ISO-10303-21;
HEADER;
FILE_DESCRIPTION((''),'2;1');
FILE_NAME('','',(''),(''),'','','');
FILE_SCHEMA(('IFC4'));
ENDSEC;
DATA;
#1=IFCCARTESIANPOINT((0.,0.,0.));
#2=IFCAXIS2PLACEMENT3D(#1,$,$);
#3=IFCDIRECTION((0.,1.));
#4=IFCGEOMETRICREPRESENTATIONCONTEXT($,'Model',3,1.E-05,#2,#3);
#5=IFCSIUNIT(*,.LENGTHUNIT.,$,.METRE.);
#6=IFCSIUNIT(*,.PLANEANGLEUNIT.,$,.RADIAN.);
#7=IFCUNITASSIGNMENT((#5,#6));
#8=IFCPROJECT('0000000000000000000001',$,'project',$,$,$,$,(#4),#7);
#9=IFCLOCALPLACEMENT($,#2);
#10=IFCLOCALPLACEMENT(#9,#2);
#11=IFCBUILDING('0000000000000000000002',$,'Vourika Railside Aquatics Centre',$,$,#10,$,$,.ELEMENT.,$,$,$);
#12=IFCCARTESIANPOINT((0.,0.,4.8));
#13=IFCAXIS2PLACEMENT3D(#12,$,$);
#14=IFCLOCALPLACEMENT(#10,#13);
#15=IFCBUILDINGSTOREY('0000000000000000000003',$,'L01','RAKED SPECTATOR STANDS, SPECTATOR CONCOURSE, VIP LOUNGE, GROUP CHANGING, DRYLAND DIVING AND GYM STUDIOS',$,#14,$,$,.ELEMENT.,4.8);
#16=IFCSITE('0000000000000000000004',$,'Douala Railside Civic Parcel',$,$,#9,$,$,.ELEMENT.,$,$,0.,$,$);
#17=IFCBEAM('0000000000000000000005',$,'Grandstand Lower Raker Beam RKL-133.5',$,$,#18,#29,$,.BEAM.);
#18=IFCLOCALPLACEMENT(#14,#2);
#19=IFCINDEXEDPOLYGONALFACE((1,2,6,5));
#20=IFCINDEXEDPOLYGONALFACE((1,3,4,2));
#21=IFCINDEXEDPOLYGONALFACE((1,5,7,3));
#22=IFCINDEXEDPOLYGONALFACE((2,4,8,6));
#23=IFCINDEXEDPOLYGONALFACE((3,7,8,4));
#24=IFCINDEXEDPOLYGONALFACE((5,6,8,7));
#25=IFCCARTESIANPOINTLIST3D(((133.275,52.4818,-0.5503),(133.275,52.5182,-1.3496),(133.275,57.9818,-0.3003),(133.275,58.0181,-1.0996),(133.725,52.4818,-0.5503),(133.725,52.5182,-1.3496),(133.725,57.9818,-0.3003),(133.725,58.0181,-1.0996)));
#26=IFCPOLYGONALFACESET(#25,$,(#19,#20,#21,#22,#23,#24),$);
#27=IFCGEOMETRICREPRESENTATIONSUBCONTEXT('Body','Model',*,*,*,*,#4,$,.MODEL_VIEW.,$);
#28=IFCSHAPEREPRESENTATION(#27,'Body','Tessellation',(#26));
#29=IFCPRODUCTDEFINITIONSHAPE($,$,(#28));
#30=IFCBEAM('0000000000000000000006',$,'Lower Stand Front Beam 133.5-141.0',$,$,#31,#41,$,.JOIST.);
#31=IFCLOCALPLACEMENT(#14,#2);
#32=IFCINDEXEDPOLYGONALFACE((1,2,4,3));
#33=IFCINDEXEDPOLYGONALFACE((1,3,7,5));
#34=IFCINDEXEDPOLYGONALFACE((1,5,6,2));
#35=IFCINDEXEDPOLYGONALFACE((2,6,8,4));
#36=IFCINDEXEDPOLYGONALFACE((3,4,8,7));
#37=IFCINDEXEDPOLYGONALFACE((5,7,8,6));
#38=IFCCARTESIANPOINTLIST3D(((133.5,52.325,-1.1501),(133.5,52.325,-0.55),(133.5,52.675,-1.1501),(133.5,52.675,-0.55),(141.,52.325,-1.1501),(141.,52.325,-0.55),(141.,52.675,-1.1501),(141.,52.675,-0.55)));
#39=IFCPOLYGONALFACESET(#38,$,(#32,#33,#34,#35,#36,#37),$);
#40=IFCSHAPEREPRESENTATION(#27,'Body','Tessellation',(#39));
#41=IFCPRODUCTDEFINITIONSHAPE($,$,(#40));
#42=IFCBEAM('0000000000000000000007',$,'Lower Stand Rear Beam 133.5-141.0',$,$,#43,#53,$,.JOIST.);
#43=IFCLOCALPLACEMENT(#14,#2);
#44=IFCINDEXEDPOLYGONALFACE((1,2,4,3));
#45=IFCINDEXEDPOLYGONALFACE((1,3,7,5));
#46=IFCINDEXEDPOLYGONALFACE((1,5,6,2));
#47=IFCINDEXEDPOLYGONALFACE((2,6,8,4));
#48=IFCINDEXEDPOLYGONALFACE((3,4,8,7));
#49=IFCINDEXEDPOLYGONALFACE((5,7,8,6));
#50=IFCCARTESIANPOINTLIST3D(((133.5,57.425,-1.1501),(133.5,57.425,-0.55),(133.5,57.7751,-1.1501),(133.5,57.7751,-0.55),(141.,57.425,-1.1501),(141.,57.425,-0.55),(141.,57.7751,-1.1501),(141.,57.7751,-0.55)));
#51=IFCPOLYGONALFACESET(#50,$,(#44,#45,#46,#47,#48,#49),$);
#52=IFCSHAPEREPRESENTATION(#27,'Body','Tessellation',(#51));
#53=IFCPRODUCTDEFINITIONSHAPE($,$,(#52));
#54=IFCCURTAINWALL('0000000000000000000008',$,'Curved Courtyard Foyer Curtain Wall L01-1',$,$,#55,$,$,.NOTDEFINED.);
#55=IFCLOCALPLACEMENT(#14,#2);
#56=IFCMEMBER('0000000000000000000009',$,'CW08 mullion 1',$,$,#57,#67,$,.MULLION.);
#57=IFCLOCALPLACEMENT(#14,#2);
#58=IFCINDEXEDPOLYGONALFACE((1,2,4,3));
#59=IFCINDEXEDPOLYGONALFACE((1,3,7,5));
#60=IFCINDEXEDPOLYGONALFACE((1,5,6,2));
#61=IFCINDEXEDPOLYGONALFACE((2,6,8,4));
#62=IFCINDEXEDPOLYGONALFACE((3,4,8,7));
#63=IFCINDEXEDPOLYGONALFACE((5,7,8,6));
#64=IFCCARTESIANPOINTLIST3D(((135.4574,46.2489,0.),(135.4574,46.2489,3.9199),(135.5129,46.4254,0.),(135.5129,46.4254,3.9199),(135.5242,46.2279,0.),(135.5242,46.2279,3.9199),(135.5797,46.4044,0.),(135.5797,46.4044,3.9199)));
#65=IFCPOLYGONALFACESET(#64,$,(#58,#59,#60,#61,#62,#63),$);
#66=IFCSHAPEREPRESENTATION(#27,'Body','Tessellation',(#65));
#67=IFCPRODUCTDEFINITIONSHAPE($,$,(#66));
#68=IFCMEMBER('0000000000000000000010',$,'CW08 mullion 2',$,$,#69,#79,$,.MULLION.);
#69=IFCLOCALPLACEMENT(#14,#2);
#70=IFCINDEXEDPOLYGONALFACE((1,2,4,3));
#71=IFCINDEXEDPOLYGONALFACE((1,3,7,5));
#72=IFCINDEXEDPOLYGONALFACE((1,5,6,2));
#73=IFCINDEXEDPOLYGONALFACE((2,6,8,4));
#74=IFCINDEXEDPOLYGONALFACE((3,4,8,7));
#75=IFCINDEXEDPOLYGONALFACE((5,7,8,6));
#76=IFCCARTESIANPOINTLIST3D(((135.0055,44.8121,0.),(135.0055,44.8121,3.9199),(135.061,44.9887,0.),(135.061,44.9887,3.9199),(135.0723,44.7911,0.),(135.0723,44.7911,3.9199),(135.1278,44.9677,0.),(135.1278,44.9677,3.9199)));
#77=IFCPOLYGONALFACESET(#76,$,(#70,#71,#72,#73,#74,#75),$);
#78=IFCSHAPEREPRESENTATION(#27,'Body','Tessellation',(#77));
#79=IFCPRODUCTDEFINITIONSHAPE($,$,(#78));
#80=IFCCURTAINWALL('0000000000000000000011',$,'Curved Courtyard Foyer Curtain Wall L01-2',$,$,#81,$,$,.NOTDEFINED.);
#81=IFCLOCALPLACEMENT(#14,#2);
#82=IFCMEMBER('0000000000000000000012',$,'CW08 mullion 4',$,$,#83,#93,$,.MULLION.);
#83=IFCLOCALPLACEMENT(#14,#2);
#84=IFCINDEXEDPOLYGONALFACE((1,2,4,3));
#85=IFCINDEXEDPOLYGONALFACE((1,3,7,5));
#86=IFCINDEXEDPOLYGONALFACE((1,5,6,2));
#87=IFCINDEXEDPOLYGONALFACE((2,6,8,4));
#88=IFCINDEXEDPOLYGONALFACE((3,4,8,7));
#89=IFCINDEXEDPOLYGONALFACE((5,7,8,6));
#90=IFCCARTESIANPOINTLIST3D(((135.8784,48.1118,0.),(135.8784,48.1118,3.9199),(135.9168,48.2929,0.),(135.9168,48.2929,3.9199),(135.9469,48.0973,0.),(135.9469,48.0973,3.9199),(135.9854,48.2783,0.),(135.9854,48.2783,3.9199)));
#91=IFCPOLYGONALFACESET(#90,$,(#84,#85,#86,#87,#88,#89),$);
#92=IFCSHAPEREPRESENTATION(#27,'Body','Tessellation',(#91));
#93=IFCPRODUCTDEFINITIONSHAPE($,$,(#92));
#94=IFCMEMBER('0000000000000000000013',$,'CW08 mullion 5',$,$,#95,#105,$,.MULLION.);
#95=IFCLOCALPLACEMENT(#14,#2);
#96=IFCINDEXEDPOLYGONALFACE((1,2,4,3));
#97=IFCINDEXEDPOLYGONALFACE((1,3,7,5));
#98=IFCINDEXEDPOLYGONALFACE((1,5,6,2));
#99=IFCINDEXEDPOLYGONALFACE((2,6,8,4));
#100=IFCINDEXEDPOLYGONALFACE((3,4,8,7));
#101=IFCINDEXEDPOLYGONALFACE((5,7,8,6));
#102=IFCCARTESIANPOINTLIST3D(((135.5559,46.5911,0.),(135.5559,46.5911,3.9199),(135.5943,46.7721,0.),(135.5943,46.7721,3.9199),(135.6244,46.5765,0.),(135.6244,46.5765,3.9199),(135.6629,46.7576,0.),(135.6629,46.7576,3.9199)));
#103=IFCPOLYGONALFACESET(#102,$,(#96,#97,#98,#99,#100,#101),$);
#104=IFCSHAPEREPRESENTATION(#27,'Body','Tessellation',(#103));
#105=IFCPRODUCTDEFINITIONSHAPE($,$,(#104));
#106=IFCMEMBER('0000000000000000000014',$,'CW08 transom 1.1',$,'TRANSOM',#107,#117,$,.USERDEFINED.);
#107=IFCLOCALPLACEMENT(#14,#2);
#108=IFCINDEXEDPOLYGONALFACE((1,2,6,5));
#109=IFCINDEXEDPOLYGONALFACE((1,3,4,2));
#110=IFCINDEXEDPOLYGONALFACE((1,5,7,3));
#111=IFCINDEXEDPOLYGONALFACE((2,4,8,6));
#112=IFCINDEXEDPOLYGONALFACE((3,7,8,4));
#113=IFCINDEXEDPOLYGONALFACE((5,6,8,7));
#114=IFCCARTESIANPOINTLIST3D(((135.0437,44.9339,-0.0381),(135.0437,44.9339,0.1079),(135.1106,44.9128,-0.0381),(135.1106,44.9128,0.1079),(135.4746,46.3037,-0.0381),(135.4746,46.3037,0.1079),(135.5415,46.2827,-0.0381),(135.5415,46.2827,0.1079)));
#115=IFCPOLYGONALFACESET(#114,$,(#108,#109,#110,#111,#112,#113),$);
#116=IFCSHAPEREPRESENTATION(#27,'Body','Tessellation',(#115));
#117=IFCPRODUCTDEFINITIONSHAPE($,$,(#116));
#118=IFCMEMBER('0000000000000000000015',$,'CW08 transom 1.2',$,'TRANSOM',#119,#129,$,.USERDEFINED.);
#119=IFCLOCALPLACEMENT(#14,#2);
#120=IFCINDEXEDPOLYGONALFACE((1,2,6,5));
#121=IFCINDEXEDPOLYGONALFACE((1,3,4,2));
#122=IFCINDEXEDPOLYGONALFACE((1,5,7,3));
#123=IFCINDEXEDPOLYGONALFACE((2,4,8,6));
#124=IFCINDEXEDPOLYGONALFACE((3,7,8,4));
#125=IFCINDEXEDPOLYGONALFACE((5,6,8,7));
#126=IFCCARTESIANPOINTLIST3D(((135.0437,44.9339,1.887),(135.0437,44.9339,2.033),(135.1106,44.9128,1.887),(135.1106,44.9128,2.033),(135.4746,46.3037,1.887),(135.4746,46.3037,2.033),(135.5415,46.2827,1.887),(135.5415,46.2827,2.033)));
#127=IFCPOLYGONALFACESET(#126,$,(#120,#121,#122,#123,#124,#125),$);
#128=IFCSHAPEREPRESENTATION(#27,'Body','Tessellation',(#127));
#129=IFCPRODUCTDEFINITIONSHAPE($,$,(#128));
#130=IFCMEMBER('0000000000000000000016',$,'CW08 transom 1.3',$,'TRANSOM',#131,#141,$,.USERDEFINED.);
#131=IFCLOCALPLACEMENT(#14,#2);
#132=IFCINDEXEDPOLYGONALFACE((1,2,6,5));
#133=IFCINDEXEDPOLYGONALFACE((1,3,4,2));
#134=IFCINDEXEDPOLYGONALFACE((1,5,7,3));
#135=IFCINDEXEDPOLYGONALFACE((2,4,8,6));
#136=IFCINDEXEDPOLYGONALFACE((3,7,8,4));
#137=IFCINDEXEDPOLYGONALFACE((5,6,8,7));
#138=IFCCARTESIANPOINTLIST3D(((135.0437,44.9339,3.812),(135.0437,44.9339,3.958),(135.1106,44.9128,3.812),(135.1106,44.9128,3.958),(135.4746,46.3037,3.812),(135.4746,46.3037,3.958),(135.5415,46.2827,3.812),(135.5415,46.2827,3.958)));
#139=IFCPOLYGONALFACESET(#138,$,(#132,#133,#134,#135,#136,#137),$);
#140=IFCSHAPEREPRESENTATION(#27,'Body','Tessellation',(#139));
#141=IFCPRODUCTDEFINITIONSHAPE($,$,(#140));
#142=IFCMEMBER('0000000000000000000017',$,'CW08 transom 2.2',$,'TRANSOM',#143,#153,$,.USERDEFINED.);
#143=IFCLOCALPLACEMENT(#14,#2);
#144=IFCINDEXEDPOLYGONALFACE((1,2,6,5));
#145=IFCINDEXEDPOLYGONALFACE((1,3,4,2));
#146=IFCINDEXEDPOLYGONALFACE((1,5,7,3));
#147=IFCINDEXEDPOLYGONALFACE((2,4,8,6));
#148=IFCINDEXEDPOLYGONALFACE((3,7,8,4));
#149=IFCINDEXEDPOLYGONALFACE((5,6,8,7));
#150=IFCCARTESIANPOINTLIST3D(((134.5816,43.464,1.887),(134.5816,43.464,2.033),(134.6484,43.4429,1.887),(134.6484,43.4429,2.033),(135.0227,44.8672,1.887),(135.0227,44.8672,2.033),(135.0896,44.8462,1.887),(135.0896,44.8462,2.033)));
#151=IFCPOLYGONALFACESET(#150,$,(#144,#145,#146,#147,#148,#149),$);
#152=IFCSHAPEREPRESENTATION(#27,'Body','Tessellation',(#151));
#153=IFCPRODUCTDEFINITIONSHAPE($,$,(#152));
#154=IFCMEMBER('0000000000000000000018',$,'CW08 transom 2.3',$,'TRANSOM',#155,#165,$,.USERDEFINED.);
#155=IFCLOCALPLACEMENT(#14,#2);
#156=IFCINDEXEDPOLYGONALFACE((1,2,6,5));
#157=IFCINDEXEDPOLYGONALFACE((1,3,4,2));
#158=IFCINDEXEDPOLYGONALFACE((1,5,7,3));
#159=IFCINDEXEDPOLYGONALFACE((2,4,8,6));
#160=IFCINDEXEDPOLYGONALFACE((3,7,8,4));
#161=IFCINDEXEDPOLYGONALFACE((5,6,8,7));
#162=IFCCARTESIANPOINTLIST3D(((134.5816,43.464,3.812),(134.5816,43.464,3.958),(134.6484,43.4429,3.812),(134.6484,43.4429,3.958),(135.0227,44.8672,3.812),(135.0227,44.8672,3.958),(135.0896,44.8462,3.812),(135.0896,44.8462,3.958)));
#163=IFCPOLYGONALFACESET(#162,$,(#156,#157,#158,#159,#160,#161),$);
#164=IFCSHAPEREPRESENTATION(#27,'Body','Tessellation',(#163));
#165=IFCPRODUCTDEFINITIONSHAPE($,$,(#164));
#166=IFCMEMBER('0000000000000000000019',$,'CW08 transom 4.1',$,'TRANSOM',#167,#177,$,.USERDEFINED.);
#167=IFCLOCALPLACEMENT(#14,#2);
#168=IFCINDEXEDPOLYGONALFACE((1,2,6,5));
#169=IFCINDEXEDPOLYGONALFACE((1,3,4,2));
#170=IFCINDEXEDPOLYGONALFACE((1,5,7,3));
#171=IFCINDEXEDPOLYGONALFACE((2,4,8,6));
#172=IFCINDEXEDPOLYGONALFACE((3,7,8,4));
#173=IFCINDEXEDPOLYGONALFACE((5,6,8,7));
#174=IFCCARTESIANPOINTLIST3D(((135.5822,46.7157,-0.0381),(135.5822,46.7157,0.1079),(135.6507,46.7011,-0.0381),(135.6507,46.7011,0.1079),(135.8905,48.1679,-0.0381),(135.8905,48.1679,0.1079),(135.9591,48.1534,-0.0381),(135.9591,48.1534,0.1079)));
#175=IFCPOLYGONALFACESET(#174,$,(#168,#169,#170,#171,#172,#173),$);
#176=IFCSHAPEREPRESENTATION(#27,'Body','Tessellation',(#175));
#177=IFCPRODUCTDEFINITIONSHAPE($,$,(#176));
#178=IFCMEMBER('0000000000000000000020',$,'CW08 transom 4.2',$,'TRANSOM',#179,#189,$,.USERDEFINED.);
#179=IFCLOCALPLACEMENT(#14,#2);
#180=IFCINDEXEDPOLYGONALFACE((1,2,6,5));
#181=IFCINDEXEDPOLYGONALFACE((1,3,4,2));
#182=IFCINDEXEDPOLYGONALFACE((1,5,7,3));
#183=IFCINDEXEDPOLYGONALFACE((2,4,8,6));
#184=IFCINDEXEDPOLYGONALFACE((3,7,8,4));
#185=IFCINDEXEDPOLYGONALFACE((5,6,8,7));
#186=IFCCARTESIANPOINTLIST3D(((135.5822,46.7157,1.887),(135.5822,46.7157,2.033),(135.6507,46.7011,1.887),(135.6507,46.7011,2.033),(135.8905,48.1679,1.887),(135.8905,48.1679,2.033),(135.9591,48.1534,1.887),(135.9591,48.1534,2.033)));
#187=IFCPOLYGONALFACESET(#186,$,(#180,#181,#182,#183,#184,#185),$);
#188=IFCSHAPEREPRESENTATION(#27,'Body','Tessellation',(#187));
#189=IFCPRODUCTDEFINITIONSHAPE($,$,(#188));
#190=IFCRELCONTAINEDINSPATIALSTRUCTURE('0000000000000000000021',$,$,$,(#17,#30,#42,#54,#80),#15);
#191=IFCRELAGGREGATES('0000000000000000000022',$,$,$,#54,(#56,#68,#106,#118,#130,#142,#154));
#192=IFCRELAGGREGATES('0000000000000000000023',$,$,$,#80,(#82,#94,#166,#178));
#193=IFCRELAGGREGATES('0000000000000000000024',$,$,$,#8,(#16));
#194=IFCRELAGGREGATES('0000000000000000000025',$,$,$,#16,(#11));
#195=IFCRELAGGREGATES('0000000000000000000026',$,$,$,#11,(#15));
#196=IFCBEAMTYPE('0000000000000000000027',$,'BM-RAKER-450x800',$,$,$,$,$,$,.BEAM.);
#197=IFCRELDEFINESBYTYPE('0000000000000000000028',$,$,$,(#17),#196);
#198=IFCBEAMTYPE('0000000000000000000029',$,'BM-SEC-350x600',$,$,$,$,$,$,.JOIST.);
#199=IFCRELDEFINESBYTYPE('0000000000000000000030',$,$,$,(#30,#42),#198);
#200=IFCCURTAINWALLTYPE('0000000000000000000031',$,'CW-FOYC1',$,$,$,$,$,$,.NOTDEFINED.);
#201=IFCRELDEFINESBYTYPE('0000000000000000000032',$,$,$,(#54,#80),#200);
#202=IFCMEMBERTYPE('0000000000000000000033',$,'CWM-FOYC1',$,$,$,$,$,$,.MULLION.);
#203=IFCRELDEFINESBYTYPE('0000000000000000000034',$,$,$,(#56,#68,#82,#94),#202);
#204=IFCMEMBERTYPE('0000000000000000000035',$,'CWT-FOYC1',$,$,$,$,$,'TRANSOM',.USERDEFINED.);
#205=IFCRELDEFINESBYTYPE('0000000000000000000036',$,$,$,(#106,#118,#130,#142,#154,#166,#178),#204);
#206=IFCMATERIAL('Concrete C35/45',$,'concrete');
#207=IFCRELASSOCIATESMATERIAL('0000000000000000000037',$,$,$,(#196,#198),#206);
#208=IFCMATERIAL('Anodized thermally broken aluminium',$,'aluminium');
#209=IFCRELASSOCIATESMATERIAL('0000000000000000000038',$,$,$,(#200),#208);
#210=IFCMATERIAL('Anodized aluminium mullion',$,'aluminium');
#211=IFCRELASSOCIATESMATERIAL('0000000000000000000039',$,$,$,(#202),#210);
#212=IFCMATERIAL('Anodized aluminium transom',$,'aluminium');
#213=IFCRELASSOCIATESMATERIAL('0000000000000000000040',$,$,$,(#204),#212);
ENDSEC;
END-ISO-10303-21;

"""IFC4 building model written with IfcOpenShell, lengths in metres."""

from ifc_helpers import new_model, si_unit, direction, frame, origin, origin_2d, place, context, subcontext, project, spatial, rectangle, extrude, material, material_profile, profile_set, type_object, element, aggregate, save


model = new_model("IFC4")

# Units and contexts
model_context = context("Model", 3, precision=1e-05, world=origin(), true_north=direction((0.0, 1.0)))
body_context = subcontext(model_context, "Body", "Model", "MODEL_VIEW")
ifc_project = project(units=[si_unit("LENGTHUNIT", "METRE"), si_unit("PLANEANGLEUNIT", "RADIAN")], contexts=[model_context])

# Site, building, storey
site_placement = place(None, origin())
site = spatial("IfcSite", under=ifc_project, at=site_placement, Name="Douala Railside Civic Parcel", CompositionType="ELEMENT", RefElevation=0.0)
building_placement = place(site_placement, origin())
building = spatial("IfcBuilding", under=site, at=building_placement, Name="Vourika Railside Aquatics Centre", CompositionType="ELEMENT")
storey_placement = place(building_placement, frame((0.0, 0.0, 4.8)))
storey = spatial("IfcBuildingStorey", under=building, at=storey_placement, Name="L01", Description="RAKED SPECTATOR STANDS, SPECTATOR CONCOURSE, VIP LOUNGE, GROUP CHANGING, DRYLAND DIVING AND GYM STUDIOS", CompositionType="ELEMENT", Elevation=4.8)

# Beams
ifc_material_1 = material(Name="Concrete C35/45", Category="concrete")
ifc_material_profile_1 = material_profile(ifc_material_1, rectangle(XDim=0.45, YDim=0.8, at=origin_2d()), Name="RC 450x800")
ifc_profile_set_1 = profile_set([ifc_material_profile_1], Name="Concrete C35/45")
beam_type_1 = type_object("IfcBeamType", Name="BM-RAKER-450x800", PredefinedType="BEAM", material=ifc_profile_set_1)
beam_placement = place(storey_placement, frame((133.5, 52.5, -0.95), z_axis=(0.0, 0.998969, 0.045408), x_axis=(-1.0, 0.0, 0.0)))
element("IfcBeam", 1, at=beam_placement, inside=storey, type_object=beam_type_1, Name="Grandstand Lower Raker Beam RKL-133.5", PredefinedType="BEAM", context=body_context, shape_type="SweptSolid", body=[
    extrude(rectangle(XDim=0.45, YDim=0.8, at=origin_2d()), origin(), (0.0, 0.0, 1.0), 5.5056),
])
ifc_material_profile_2 = material_profile(ifc_material_1, rectangle(XDim=0.3501, YDim=0.6001, at=origin_2d()), Name="RC 350x600")
ifc_profile_set_2 = profile_set([ifc_material_profile_2], Name="Concrete C35/45")
beam_type_2 = type_object("IfcBeamType", Name="BM-SEC-350x600", PredefinedType="JOIST", material=ifc_profile_set_2)
for number, where, z_axis, x_axis, name in (
    (2, (133.5, 52.5, -0.8501), (1.0, 0.0, 0.0), (0.0, 1.0, 0.0), "Lower Stand Front Beam 133.5-141.0"),
    (3, (133.5, 57.6001, -0.8501), (1.0, 0.0, 0.0), (0.0, 1.0, 0.0), "Lower Stand Rear Beam 133.5-141.0"),
):
    element("IfcBeam", number, at=place(storey_placement, frame(where, z_axis=z_axis, x_axis=x_axis)), inside=storey, type_object=beam_type_2, Name=name, PredefinedType="JOIST", context=body_context, shape_type="SweptSolid", body=[
        extrude(rectangle(XDim=0.3501, YDim=0.6001, at=origin_2d()), origin(), (0.0, 0.0, 1.0), 7.5),
    ])

# Curtain walls, members
ifc_material_2 = material(Name="Anodized thermally broken aluminium", Category="aluminium")
curtain_wall_type = type_object("IfcCurtainWallType", Name="CW-FOYC1", PredefinedType="NOTDEFINED", material=ifc_material_2)
curtain_wall_1_placement = place(storey_placement, origin())
curtain_wall_1 = element("IfcCurtainWall", 4, at=curtain_wall_1_placement, inside=storey, type_object=curtain_wall_type, Name="Curved Courtyard Foyer Curtain Wall L01-1", PredefinedType="NOTDEFINED")
ifc_material_3 = material(Name="Anodized aluminium mullion", Category="aluminium")
ifc_material_profile_3 = material_profile(ifc_material_3, rectangle(XDim=0.0701, YDim=0.1851, at=origin_2d()), Name="ALU-M 70x185")
ifc_profile_set_3 = profile_set([ifc_material_profile_3], Name="Anodized aluminium mullion")
member_type_1 = type_object("IfcMemberType", Name="CWM-FOYC1", PredefinedType="MULLION", material=ifc_profile_set_3)
member_1_placement = place(storey_placement, frame((135.5186, 46.3267, 0.0), z_axis=(0.0, 0.0, 1.0), x_axis=(0.953947, -0.299974, 0.0)))
member_1 = element("IfcMember", 5, at=member_1_placement, type_object=member_type_1, Name="CW08 mullion 1", PredefinedType="MULLION", context=body_context, shape_type="SweptSolid", body=[
    extrude(rectangle(XDim=0.0701, YDim=0.1851, at=origin_2d()), origin(), (0.0, 0.0, 1.0), 3.9199),
])
member_2_placement = place(storey_placement, frame((135.0667, 44.8899, 0.0), z_axis=(0.0, 0.0, 1.0), x_axis=(0.953947, -0.299974, 0.0)))
member_2 = element("IfcMember", 6, at=member_2_placement, type_object=member_type_1, Name="CW08 mullion 2", PredefinedType="MULLION", context=body_context, shape_type="SweptSolid", body=[
    extrude(rectangle(XDim=0.0701, YDim=0.1851, at=origin_2d()), origin(), (0.0, 0.0, 1.0), 3.9199),
])
curtain_wall_2_placement = place(storey_placement, origin())
curtain_wall_2 = element("IfcCurtainWall", 7, at=curtain_wall_2_placement, inside=storey, type_object=curtain_wall_type, Name="Curved Courtyard Foyer Curtain Wall L01-2", PredefinedType="NOTDEFINED")
member_3_placement = place(storey_placement, frame((135.9319, 48.1951, 0.0), z_axis=(0.0, 0.0, 1.0), x_axis=(0.978215, -0.207595, 0.0)))
member_3 = element("IfcMember", 8, at=member_3_placement, type_object=member_type_1, Name="CW08 mullion 4", PredefinedType="MULLION", context=body_context, shape_type="SweptSolid", body=[
    extrude(rectangle(XDim=0.0701, YDim=0.1851, at=origin_2d()), origin(), (0.0, 0.0, 1.0), 3.9199),
])
member_4_placement = place(storey_placement, frame((135.6094, 46.6743, 0.0), z_axis=(0.0, 0.0, 1.0), x_axis=(0.978215, -0.207595, 0.0)))
member_4 = element("IfcMember", 9, at=member_4_placement, type_object=member_type_1, Name="CW08 mullion 5", PredefinedType="MULLION", context=body_context, shape_type="SweptSolid", body=[
    extrude(rectangle(XDim=0.0701, YDim=0.1851, at=origin_2d()), origin(), (0.0, 0.0, 1.0), 3.9199),
])

# Members
ifc_material_4 = material(Name="Anodized aluminium transom", Category="aluminium")
ifc_material_profile_4 = material_profile(ifc_material_4, rectangle(XDim=0.0701, YDim=0.146, at=origin_2d()), Name="ALU-T 70x146")
ifc_profile_set_4 = profile_set([ifc_material_profile_4], Name="Anodized aluminium transom")
member_type_2 = type_object("IfcMemberType", Name="CWT-FOYC1", ElementType="TRANSOM", PredefinedType="USERDEFINED", material=ifc_profile_set_4)
member_5_placement = place(storey_placement, frame((135.5081, 46.2932, 0.0349), z_axis=(-0.300065, -0.953919, 0.0), x_axis=(0.953919, -0.300065, 0.0)))
member_5 = element("IfcMember", 10, at=member_5_placement, type_object=member_type_2, Name="CW08 transom 1.1", ObjectType="TRANSOM", PredefinedType="USERDEFINED", context=body_context, shape_type="SweptSolid", body=[
    extrude(rectangle(XDim=0.0701, YDim=0.146, at=origin_2d()), origin(), (0.0, 0.0, 1.0), 1.436),
])
member_6_placement = place(storey_placement, frame((135.5081, 46.2932, 1.96), z_axis=(-0.300065, -0.953919, 0.0), x_axis=(0.953919, -0.300065, 0.0)))
member_6 = element("IfcMember", 11, at=member_6_placement, type_object=member_type_2, Name="CW08 transom 1.2", ObjectType="TRANSOM", PredefinedType="USERDEFINED", context=body_context, shape_type="SweptSolid", body=[
    extrude(rectangle(XDim=0.0701, YDim=0.146, at=origin_2d()), origin(), (0.0, 0.0, 1.0), 1.436),
])
member_7_placement = place(storey_placement, frame((135.5081, 46.2932, 3.885), z_axis=(-0.300065, -0.953919, 0.0), x_axis=(0.953919, -0.300065, 0.0)))
member_7 = element("IfcMember", 12, at=member_7_placement, type_object=member_type_2, Name="CW08 transom 1.3", ObjectType="TRANSOM", PredefinedType="USERDEFINED", context=body_context, shape_type="SweptSolid", body=[
    extrude(rectangle(XDim=0.0701, YDim=0.146, at=origin_2d()), origin(), (0.0, 0.0, 1.0), 1.436),
])
member_8_placement = place(storey_placement, frame((135.0562, 44.8567, 1.96), z_axis=(-0.2999, -0.953971, 0.0), x_axis=(0.953971, -0.2999, 0.0)))
member_8 = element("IfcMember", 13, at=member_8_placement, type_object=member_type_2, Name="CW08 transom 2.2", ObjectType="TRANSOM", PredefinedType="USERDEFINED", context=body_context, shape_type="SweptSolid", body=[
    extrude(rectangle(XDim=0.0701, YDim=0.146, at=origin_2d()), origin(), (0.0, 0.0, 1.0), 1.4709),
])
member_9_placement = place(storey_placement, frame((135.0562, 44.8567, 3.885), z_axis=(-0.2999, -0.953971, 0.0), x_axis=(0.953971, -0.2999, 0.0)))
member_9 = element("IfcMember", 14, at=member_9_placement, type_object=member_type_2, Name="CW08 transom 2.3", ObjectType="TRANSOM", PredefinedType="USERDEFINED", context=body_context, shape_type="SweptSolid", body=[
    extrude(rectangle(XDim=0.0701, YDim=0.146, at=origin_2d()), origin(), (0.0, 0.0, 1.0), 1.4709),
])
member_10_placement = place(storey_placement, frame((135.9248, 48.1606, 0.0349), z_axis=(-0.207709, -0.978191, 0.0), x_axis=(0.978191, -0.207709, 0.0)))
member_10 = element("IfcMember", 15, at=member_10_placement, type_object=member_type_2, Name="CW08 transom 4.1", ObjectType="TRANSOM", PredefinedType="USERDEFINED", context=body_context, shape_type="SweptSolid", body=[
    extrude(rectangle(XDim=0.0701, YDim=0.146, at=origin_2d()), origin(), (0.0, 0.0, 1.0), 1.4846),
])
member_11_placement = place(storey_placement, frame((135.9248, 48.1606, 1.96), z_axis=(-0.207709, -0.978191, 0.0), x_axis=(0.978191, -0.207709, 0.0)))
member_11 = element("IfcMember", 16, at=member_11_placement, type_object=member_type_2, Name="CW08 transom 4.2", ObjectType="TRANSOM", PredefinedType="USERDEFINED", context=body_context, shape_type="SweptSolid", body=[
    extrude(rectangle(XDim=0.0701, YDim=0.146, at=origin_2d()), origin(), (0.0, 0.0, 1.0), 1.4846),
])

aggregate(curtain_wall_1, [member_1, member_2, member_5, member_6, member_7, member_8, member_9])
aggregate(curtain_wall_2, [member_3, member_4, member_10, member_11])

save(model, "model.ifc")
